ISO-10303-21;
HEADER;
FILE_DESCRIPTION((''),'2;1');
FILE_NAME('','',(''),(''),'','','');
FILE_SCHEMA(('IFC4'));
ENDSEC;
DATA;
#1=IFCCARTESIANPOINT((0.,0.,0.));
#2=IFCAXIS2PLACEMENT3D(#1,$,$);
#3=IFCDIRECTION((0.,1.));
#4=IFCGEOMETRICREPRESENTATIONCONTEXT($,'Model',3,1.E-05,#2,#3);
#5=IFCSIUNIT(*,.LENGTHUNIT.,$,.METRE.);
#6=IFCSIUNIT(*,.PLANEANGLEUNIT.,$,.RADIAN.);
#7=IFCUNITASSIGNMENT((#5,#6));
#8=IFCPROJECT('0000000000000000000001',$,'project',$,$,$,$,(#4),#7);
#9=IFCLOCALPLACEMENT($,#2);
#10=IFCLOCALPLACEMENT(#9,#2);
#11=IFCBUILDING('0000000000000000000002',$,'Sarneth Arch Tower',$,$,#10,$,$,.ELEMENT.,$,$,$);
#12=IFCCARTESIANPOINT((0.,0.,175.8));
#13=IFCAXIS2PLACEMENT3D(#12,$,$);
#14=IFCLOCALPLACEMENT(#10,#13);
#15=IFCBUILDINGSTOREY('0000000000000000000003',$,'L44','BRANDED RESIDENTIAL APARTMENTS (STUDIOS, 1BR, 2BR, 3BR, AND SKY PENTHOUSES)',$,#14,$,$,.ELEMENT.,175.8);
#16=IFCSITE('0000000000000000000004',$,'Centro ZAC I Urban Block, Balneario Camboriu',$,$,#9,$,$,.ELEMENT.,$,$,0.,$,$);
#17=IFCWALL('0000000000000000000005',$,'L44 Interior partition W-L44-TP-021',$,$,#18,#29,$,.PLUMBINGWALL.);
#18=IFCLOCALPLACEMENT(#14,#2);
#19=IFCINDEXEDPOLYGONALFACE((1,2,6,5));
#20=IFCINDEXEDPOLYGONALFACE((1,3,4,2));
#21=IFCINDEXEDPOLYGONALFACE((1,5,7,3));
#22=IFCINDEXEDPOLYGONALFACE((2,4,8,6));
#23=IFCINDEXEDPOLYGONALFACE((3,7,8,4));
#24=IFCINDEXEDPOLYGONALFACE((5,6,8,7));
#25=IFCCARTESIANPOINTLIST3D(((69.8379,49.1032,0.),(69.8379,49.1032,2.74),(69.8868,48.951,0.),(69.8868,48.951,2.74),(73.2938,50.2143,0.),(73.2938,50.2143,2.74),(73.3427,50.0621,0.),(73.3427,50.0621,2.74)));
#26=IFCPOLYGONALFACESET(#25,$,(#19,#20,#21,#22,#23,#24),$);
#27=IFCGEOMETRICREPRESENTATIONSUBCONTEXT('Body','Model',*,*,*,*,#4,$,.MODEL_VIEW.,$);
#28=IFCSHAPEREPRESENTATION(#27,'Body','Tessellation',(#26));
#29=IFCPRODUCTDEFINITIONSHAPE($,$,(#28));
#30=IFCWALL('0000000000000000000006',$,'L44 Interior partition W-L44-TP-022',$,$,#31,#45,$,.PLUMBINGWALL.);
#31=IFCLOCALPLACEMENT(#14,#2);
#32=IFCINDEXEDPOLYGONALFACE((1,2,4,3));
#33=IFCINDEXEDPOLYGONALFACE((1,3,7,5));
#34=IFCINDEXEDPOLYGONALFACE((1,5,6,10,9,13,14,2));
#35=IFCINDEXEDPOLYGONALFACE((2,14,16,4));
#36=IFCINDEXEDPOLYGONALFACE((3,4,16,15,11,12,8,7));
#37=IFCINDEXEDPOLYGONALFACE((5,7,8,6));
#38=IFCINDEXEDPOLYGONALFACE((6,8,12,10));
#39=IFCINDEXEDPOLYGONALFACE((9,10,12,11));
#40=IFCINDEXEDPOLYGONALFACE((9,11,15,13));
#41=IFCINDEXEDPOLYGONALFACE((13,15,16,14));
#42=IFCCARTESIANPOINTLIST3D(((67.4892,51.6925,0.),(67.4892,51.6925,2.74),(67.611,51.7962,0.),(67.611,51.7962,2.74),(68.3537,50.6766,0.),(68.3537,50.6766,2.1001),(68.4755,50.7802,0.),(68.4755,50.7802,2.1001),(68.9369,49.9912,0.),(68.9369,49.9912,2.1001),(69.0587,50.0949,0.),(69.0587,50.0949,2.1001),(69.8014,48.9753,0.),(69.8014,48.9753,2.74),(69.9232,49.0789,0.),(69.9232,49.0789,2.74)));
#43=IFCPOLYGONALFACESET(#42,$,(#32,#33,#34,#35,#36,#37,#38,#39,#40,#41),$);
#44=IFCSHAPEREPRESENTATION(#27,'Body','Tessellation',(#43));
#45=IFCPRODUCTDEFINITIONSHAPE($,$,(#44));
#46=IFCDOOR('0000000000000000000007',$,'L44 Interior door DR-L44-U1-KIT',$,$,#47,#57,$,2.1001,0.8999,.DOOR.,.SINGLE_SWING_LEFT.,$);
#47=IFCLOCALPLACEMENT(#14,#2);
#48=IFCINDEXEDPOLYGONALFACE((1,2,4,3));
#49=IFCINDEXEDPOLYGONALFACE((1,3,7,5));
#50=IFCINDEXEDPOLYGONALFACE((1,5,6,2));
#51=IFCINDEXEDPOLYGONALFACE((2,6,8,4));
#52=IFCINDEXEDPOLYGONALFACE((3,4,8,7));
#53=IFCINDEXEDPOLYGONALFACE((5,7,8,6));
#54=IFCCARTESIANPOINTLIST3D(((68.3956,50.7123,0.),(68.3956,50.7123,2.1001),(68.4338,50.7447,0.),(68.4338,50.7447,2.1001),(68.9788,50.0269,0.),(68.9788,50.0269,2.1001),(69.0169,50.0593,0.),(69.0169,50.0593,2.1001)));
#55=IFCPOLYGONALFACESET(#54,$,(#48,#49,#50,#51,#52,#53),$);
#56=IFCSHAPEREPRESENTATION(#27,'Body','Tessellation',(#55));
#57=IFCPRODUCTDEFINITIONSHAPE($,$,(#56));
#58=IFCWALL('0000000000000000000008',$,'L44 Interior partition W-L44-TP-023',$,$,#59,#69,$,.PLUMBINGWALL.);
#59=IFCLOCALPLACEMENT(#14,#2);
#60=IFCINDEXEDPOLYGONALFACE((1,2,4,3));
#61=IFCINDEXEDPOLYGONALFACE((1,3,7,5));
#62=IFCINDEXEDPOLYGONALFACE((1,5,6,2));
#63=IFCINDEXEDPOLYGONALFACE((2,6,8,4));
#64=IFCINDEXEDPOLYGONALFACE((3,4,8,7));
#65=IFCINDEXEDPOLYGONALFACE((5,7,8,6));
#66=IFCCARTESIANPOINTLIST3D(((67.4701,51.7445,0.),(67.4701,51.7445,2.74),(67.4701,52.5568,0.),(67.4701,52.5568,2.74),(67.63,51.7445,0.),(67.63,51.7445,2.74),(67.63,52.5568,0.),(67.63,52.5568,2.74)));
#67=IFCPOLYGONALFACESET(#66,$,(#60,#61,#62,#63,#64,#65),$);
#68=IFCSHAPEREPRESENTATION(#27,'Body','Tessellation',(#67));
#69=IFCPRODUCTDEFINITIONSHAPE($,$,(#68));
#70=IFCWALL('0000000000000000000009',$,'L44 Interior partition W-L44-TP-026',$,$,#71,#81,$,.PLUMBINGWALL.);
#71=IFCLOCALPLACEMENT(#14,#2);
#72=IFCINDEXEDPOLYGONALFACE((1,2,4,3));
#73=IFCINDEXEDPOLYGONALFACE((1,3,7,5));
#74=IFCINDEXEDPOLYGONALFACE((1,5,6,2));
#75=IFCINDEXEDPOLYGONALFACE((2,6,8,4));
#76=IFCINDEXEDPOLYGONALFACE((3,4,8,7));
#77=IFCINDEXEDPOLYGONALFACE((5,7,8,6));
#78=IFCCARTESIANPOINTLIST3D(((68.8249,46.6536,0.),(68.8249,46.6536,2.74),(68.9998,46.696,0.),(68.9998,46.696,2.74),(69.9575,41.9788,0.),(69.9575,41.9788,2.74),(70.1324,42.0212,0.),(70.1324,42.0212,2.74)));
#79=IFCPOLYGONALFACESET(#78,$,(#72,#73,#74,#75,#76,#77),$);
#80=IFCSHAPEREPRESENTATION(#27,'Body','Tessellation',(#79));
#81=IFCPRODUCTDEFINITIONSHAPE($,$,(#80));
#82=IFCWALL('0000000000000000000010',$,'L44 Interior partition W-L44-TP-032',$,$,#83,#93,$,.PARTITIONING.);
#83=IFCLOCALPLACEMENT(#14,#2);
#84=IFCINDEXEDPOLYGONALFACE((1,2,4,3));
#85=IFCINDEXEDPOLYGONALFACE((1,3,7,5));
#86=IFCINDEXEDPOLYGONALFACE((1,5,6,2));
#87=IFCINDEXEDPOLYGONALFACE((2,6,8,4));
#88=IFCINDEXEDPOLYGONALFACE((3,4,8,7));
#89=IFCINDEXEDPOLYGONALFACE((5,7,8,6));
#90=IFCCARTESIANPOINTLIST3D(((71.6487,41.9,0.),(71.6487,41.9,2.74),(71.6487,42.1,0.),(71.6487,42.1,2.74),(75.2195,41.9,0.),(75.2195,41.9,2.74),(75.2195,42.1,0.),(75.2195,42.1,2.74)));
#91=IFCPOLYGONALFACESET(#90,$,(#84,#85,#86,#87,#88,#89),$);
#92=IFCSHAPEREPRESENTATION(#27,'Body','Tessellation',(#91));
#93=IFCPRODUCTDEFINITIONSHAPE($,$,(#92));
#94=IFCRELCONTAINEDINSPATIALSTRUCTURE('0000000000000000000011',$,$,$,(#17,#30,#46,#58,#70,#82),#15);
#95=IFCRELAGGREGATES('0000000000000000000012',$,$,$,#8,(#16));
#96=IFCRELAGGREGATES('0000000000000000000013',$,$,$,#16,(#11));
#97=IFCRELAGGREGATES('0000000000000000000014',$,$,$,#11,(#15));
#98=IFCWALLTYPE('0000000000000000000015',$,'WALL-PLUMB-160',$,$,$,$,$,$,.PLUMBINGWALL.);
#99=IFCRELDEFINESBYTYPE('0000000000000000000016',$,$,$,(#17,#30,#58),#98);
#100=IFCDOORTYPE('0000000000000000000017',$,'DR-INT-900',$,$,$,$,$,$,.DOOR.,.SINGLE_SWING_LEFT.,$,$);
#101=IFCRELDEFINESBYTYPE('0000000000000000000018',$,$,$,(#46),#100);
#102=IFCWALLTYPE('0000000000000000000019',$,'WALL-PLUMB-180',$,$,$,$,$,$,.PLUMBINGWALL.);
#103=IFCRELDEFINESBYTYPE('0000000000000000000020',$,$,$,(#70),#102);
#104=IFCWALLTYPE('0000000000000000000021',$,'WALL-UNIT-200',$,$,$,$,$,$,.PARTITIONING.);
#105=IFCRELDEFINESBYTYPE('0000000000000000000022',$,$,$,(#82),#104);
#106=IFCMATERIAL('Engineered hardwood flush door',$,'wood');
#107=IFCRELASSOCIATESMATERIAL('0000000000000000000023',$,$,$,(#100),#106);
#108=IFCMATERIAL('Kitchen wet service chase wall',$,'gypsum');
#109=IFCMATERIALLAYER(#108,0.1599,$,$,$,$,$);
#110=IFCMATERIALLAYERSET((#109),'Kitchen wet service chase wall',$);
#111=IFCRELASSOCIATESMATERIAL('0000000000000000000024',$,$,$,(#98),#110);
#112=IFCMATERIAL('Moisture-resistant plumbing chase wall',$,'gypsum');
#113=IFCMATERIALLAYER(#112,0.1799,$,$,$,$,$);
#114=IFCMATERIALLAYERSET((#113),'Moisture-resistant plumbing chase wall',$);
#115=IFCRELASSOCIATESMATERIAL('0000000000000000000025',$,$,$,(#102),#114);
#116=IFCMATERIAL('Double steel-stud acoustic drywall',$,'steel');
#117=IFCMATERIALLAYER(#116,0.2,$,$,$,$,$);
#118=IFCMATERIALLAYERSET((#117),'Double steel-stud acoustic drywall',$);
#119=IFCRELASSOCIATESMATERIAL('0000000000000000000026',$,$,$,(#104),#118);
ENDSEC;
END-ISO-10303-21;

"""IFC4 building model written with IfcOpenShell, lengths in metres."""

from ifc_helpers import new_model, si_unit, direction, frame, frame_2d, origin, place, context, subcontext, project, spatial, rectangle, extrude, material, layer, layer_set, type_object, element, fill, save


model = new_model("IFC4")

# Units and contexts
model_context = context("Model", 3, precision=1e-05, world=origin(), true_north=direction((0.0, 1.0)))
body_context = subcontext(model_context, "Body", "Model", "MODEL_VIEW")
ifc_project = project(units=[si_unit("LENGTHUNIT", "METRE"), si_unit("PLANEANGLEUNIT", "RADIAN")], contexts=[model_context])

# Site, building, storey
site_placement = place(None, origin())
site = spatial("IfcSite", under=ifc_project, at=site_placement, Name="Centro ZAC I Urban Block, Balneario Camboriu", CompositionType="ELEMENT", RefElevation=0.0)
building_placement = place(site_placement, origin())
building = spatial("IfcBuilding", under=site, at=building_placement, Name="Sarneth Arch Tower", CompositionType="ELEMENT")
storey_placement = place(building_placement, frame((0.0, 0.0, 175.8)))
storey = spatial("IfcBuildingStorey", under=building, at=storey_placement, Name="L44", Description="BRANDED RESIDENTIAL APARTMENTS (STUDIOS, 1BR, 2BR, 3BR, AND SKY PENTHOUSES)", CompositionType="ELEMENT", Elevation=175.8)

# Shared definitions
ifc_material_1 = material(Name="Engineered hardwood flush door", Category="wood")
door_type_1 = type_object("IfcDoorType", Name="DR-INT-900", OperationType="SINGLE_SWING_LEFT", PredefinedType="DOOR", material=ifc_material_1)

# Wall
ifc_material_2 = material(Name="Kitchen wet service chase wall", Category="gypsum")
ifc_layer_1 = layer(ifc_material_2, 0.1599)
ifc_layer_set_1 = layer_set([ifc_layer_1], Name="Kitchen wet service chase wall")
wall_type_1 = type_object("IfcWallType", Name="WALL-PLUMB-160", PredefinedType="PLUMBINGWALL", material=ifc_layer_set_1)
wall_1_placement = place(storey_placement, frame((73.3181, 50.1382, 0.0), z_axis=(0.0, 0.0, 1.0), x_axis=(-0.952005, -0.306081, 0.0)))
element("IfcWall", 1, at=wall_1_placement, inside=storey, type_object=wall_type_1, Name="L44 Interior partition W-L44-TP-021", PredefinedType="PLUMBINGWALL", context=body_context, shape_type="SweptSolid", body=[
    extrude(rectangle(XDim=3.6301, YDim=0.1599, at=frame_2d((1.8149, 0.0))), origin(), (0.0, 0.0, 1.0), 2.74),
])

# Wall, opening, door
wall_2_placement = place(storey_placement, frame((69.8623, 49.0271, 0.0), z_axis=(0.0, 0.0, 1.0), x_axis=(-0.648065, 0.761585, 0.0)))
wall_2 = element("IfcWall", 2, at=wall_2_placement, inside=storey, type_object=wall_type_1, Name="L44 Interior partition W-L44-TP-022", PredefinedType="PLUMBINGWALL", context=body_context, shape_type="SweptSolid", body=[
    extrude(rectangle(XDim=3.5679, YDim=0.1599, at=frame_2d((1.7839, 0.0))), origin(), (0.0, 0.0, 1.0), 2.74),
])
opening_1_placement = place(wall_2_placement, frame((1.334, 0.0, 0.0)))
opening_1 = element("IfcOpeningElement", 3, at=opening_1_placement, cuts=wall_2, PredefinedType="OPENING", context=body_context, shape_type="SweptSolid", body=[
    extrude(rectangle(XDim=0.8999, YDim=2.1001, at=frame_2d((0.45, 1.05))), frame((0.0, 0.0898, 0.0), z_axis=(0.0, -1.0, 0.0), x_axis=(1.0, 0.0, 0.0)), (0.0, 0.0, 1.0), 0.1799),
])
door_1_placement = place(opening_1_placement, origin())
door_1 = element("IfcDoor", 4, at=door_1_placement, inside=storey, type_object=door_type_1, Name="L44 Interior door DR-L44-U1-KIT", OperationType="SINGLE_SWING_LEFT", OverallHeight=2.1001, OverallWidth=0.8999, PredefinedType="DOOR", context=body_context, shape_type="SweptSolid", body=[
    extrude(rectangle(XDim=0.8999, YDim=2.1001, at=frame_2d((0.45, 1.05))), frame((0.0, 0.0249, 0.0), z_axis=(0.0, -1.0, 0.0), x_axis=(1.0, 0.0, 0.0)), (0.0, 0.0, 1.0), 0.05),
])
fill(opening_1, door_1)

# Walls
wall_3_placement = place(storey_placement, frame((67.55, 51.7444, 0.0), z_axis=(0.0, 0.0, 1.0), x_axis=(0.0, 1.0, 0.0)))
element("IfcWall", 5, at=wall_3_placement, inside=storey, type_object=wall_type_1, Name="L44 Interior partition W-L44-TP-023", PredefinedType="PLUMBINGWALL", context=body_context, shape_type="SweptSolid", body=[
    extrude(rectangle(XDim=0.8123, YDim=0.1599, at=frame_2d((0.4062, 0.0))), origin(), (0.0, 0.0, 1.0), 2.74),
])
ifc_material_3 = material(Name="Moisture-resistant plumbing chase wall", Category="gypsum")
ifc_layer_2 = layer(ifc_material_3, 0.1799)
ifc_layer_set_2 = layer_set([ifc_layer_2], Name="Moisture-resistant plumbing chase wall")
wall_type_2 = type_object("IfcWallType", Name="WALL-PLUMB-180", PredefinedType="PLUMBINGWALL", material=ifc_layer_set_2)
wall_4_placement = place(storey_placement, frame((68.9124, 46.6748, 0.0), z_axis=(0.0, 0.0, 1.0), x_axis=(0.235459, -0.971884, 0.0)))
element("IfcWall", 6, at=wall_4_placement, inside=storey, type_object=wall_type_2, Name="L44 Interior partition W-L44-TP-026", PredefinedType="PLUMBINGWALL", context=body_context, shape_type="SweptSolid", body=[
    extrude(rectangle(XDim=4.8101, YDim=0.1799, at=frame_2d((2.405, 0.0))), origin(), (0.0, 0.0, 1.0), 2.74),
])
ifc_material_4 = material(Name="Double steel-stud acoustic drywall", Category="steel")
ifc_layer_3 = layer(ifc_material_4, 0.2)
ifc_layer_set_3 = layer_set([ifc_layer_3], Name="Double steel-stud acoustic drywall")
wall_type_3 = type_object("IfcWallType", Name="WALL-UNIT-200", PredefinedType="PARTITIONING", material=ifc_layer_set_3)
wall_5_placement = place(storey_placement, frame((71.6487, 42.0, 0.0), z_axis=(0.0, 0.0, 1.0), x_axis=(1.0, 0.0, 0.0)))
element("IfcWall", 7, at=wall_5_placement, inside=storey, type_object=wall_type_3, Name="L44 Interior partition W-L44-TP-032", PredefinedType="PARTITIONING", context=body_context, shape_type="SweptSolid", body=[
    extrude(rectangle(XDim=3.5708, YDim=0.2, at=frame_2d((1.7854, 0.0))), origin(), (0.0, 0.0, 1.0), 2.74),
])

save(model, "model.ifc")
